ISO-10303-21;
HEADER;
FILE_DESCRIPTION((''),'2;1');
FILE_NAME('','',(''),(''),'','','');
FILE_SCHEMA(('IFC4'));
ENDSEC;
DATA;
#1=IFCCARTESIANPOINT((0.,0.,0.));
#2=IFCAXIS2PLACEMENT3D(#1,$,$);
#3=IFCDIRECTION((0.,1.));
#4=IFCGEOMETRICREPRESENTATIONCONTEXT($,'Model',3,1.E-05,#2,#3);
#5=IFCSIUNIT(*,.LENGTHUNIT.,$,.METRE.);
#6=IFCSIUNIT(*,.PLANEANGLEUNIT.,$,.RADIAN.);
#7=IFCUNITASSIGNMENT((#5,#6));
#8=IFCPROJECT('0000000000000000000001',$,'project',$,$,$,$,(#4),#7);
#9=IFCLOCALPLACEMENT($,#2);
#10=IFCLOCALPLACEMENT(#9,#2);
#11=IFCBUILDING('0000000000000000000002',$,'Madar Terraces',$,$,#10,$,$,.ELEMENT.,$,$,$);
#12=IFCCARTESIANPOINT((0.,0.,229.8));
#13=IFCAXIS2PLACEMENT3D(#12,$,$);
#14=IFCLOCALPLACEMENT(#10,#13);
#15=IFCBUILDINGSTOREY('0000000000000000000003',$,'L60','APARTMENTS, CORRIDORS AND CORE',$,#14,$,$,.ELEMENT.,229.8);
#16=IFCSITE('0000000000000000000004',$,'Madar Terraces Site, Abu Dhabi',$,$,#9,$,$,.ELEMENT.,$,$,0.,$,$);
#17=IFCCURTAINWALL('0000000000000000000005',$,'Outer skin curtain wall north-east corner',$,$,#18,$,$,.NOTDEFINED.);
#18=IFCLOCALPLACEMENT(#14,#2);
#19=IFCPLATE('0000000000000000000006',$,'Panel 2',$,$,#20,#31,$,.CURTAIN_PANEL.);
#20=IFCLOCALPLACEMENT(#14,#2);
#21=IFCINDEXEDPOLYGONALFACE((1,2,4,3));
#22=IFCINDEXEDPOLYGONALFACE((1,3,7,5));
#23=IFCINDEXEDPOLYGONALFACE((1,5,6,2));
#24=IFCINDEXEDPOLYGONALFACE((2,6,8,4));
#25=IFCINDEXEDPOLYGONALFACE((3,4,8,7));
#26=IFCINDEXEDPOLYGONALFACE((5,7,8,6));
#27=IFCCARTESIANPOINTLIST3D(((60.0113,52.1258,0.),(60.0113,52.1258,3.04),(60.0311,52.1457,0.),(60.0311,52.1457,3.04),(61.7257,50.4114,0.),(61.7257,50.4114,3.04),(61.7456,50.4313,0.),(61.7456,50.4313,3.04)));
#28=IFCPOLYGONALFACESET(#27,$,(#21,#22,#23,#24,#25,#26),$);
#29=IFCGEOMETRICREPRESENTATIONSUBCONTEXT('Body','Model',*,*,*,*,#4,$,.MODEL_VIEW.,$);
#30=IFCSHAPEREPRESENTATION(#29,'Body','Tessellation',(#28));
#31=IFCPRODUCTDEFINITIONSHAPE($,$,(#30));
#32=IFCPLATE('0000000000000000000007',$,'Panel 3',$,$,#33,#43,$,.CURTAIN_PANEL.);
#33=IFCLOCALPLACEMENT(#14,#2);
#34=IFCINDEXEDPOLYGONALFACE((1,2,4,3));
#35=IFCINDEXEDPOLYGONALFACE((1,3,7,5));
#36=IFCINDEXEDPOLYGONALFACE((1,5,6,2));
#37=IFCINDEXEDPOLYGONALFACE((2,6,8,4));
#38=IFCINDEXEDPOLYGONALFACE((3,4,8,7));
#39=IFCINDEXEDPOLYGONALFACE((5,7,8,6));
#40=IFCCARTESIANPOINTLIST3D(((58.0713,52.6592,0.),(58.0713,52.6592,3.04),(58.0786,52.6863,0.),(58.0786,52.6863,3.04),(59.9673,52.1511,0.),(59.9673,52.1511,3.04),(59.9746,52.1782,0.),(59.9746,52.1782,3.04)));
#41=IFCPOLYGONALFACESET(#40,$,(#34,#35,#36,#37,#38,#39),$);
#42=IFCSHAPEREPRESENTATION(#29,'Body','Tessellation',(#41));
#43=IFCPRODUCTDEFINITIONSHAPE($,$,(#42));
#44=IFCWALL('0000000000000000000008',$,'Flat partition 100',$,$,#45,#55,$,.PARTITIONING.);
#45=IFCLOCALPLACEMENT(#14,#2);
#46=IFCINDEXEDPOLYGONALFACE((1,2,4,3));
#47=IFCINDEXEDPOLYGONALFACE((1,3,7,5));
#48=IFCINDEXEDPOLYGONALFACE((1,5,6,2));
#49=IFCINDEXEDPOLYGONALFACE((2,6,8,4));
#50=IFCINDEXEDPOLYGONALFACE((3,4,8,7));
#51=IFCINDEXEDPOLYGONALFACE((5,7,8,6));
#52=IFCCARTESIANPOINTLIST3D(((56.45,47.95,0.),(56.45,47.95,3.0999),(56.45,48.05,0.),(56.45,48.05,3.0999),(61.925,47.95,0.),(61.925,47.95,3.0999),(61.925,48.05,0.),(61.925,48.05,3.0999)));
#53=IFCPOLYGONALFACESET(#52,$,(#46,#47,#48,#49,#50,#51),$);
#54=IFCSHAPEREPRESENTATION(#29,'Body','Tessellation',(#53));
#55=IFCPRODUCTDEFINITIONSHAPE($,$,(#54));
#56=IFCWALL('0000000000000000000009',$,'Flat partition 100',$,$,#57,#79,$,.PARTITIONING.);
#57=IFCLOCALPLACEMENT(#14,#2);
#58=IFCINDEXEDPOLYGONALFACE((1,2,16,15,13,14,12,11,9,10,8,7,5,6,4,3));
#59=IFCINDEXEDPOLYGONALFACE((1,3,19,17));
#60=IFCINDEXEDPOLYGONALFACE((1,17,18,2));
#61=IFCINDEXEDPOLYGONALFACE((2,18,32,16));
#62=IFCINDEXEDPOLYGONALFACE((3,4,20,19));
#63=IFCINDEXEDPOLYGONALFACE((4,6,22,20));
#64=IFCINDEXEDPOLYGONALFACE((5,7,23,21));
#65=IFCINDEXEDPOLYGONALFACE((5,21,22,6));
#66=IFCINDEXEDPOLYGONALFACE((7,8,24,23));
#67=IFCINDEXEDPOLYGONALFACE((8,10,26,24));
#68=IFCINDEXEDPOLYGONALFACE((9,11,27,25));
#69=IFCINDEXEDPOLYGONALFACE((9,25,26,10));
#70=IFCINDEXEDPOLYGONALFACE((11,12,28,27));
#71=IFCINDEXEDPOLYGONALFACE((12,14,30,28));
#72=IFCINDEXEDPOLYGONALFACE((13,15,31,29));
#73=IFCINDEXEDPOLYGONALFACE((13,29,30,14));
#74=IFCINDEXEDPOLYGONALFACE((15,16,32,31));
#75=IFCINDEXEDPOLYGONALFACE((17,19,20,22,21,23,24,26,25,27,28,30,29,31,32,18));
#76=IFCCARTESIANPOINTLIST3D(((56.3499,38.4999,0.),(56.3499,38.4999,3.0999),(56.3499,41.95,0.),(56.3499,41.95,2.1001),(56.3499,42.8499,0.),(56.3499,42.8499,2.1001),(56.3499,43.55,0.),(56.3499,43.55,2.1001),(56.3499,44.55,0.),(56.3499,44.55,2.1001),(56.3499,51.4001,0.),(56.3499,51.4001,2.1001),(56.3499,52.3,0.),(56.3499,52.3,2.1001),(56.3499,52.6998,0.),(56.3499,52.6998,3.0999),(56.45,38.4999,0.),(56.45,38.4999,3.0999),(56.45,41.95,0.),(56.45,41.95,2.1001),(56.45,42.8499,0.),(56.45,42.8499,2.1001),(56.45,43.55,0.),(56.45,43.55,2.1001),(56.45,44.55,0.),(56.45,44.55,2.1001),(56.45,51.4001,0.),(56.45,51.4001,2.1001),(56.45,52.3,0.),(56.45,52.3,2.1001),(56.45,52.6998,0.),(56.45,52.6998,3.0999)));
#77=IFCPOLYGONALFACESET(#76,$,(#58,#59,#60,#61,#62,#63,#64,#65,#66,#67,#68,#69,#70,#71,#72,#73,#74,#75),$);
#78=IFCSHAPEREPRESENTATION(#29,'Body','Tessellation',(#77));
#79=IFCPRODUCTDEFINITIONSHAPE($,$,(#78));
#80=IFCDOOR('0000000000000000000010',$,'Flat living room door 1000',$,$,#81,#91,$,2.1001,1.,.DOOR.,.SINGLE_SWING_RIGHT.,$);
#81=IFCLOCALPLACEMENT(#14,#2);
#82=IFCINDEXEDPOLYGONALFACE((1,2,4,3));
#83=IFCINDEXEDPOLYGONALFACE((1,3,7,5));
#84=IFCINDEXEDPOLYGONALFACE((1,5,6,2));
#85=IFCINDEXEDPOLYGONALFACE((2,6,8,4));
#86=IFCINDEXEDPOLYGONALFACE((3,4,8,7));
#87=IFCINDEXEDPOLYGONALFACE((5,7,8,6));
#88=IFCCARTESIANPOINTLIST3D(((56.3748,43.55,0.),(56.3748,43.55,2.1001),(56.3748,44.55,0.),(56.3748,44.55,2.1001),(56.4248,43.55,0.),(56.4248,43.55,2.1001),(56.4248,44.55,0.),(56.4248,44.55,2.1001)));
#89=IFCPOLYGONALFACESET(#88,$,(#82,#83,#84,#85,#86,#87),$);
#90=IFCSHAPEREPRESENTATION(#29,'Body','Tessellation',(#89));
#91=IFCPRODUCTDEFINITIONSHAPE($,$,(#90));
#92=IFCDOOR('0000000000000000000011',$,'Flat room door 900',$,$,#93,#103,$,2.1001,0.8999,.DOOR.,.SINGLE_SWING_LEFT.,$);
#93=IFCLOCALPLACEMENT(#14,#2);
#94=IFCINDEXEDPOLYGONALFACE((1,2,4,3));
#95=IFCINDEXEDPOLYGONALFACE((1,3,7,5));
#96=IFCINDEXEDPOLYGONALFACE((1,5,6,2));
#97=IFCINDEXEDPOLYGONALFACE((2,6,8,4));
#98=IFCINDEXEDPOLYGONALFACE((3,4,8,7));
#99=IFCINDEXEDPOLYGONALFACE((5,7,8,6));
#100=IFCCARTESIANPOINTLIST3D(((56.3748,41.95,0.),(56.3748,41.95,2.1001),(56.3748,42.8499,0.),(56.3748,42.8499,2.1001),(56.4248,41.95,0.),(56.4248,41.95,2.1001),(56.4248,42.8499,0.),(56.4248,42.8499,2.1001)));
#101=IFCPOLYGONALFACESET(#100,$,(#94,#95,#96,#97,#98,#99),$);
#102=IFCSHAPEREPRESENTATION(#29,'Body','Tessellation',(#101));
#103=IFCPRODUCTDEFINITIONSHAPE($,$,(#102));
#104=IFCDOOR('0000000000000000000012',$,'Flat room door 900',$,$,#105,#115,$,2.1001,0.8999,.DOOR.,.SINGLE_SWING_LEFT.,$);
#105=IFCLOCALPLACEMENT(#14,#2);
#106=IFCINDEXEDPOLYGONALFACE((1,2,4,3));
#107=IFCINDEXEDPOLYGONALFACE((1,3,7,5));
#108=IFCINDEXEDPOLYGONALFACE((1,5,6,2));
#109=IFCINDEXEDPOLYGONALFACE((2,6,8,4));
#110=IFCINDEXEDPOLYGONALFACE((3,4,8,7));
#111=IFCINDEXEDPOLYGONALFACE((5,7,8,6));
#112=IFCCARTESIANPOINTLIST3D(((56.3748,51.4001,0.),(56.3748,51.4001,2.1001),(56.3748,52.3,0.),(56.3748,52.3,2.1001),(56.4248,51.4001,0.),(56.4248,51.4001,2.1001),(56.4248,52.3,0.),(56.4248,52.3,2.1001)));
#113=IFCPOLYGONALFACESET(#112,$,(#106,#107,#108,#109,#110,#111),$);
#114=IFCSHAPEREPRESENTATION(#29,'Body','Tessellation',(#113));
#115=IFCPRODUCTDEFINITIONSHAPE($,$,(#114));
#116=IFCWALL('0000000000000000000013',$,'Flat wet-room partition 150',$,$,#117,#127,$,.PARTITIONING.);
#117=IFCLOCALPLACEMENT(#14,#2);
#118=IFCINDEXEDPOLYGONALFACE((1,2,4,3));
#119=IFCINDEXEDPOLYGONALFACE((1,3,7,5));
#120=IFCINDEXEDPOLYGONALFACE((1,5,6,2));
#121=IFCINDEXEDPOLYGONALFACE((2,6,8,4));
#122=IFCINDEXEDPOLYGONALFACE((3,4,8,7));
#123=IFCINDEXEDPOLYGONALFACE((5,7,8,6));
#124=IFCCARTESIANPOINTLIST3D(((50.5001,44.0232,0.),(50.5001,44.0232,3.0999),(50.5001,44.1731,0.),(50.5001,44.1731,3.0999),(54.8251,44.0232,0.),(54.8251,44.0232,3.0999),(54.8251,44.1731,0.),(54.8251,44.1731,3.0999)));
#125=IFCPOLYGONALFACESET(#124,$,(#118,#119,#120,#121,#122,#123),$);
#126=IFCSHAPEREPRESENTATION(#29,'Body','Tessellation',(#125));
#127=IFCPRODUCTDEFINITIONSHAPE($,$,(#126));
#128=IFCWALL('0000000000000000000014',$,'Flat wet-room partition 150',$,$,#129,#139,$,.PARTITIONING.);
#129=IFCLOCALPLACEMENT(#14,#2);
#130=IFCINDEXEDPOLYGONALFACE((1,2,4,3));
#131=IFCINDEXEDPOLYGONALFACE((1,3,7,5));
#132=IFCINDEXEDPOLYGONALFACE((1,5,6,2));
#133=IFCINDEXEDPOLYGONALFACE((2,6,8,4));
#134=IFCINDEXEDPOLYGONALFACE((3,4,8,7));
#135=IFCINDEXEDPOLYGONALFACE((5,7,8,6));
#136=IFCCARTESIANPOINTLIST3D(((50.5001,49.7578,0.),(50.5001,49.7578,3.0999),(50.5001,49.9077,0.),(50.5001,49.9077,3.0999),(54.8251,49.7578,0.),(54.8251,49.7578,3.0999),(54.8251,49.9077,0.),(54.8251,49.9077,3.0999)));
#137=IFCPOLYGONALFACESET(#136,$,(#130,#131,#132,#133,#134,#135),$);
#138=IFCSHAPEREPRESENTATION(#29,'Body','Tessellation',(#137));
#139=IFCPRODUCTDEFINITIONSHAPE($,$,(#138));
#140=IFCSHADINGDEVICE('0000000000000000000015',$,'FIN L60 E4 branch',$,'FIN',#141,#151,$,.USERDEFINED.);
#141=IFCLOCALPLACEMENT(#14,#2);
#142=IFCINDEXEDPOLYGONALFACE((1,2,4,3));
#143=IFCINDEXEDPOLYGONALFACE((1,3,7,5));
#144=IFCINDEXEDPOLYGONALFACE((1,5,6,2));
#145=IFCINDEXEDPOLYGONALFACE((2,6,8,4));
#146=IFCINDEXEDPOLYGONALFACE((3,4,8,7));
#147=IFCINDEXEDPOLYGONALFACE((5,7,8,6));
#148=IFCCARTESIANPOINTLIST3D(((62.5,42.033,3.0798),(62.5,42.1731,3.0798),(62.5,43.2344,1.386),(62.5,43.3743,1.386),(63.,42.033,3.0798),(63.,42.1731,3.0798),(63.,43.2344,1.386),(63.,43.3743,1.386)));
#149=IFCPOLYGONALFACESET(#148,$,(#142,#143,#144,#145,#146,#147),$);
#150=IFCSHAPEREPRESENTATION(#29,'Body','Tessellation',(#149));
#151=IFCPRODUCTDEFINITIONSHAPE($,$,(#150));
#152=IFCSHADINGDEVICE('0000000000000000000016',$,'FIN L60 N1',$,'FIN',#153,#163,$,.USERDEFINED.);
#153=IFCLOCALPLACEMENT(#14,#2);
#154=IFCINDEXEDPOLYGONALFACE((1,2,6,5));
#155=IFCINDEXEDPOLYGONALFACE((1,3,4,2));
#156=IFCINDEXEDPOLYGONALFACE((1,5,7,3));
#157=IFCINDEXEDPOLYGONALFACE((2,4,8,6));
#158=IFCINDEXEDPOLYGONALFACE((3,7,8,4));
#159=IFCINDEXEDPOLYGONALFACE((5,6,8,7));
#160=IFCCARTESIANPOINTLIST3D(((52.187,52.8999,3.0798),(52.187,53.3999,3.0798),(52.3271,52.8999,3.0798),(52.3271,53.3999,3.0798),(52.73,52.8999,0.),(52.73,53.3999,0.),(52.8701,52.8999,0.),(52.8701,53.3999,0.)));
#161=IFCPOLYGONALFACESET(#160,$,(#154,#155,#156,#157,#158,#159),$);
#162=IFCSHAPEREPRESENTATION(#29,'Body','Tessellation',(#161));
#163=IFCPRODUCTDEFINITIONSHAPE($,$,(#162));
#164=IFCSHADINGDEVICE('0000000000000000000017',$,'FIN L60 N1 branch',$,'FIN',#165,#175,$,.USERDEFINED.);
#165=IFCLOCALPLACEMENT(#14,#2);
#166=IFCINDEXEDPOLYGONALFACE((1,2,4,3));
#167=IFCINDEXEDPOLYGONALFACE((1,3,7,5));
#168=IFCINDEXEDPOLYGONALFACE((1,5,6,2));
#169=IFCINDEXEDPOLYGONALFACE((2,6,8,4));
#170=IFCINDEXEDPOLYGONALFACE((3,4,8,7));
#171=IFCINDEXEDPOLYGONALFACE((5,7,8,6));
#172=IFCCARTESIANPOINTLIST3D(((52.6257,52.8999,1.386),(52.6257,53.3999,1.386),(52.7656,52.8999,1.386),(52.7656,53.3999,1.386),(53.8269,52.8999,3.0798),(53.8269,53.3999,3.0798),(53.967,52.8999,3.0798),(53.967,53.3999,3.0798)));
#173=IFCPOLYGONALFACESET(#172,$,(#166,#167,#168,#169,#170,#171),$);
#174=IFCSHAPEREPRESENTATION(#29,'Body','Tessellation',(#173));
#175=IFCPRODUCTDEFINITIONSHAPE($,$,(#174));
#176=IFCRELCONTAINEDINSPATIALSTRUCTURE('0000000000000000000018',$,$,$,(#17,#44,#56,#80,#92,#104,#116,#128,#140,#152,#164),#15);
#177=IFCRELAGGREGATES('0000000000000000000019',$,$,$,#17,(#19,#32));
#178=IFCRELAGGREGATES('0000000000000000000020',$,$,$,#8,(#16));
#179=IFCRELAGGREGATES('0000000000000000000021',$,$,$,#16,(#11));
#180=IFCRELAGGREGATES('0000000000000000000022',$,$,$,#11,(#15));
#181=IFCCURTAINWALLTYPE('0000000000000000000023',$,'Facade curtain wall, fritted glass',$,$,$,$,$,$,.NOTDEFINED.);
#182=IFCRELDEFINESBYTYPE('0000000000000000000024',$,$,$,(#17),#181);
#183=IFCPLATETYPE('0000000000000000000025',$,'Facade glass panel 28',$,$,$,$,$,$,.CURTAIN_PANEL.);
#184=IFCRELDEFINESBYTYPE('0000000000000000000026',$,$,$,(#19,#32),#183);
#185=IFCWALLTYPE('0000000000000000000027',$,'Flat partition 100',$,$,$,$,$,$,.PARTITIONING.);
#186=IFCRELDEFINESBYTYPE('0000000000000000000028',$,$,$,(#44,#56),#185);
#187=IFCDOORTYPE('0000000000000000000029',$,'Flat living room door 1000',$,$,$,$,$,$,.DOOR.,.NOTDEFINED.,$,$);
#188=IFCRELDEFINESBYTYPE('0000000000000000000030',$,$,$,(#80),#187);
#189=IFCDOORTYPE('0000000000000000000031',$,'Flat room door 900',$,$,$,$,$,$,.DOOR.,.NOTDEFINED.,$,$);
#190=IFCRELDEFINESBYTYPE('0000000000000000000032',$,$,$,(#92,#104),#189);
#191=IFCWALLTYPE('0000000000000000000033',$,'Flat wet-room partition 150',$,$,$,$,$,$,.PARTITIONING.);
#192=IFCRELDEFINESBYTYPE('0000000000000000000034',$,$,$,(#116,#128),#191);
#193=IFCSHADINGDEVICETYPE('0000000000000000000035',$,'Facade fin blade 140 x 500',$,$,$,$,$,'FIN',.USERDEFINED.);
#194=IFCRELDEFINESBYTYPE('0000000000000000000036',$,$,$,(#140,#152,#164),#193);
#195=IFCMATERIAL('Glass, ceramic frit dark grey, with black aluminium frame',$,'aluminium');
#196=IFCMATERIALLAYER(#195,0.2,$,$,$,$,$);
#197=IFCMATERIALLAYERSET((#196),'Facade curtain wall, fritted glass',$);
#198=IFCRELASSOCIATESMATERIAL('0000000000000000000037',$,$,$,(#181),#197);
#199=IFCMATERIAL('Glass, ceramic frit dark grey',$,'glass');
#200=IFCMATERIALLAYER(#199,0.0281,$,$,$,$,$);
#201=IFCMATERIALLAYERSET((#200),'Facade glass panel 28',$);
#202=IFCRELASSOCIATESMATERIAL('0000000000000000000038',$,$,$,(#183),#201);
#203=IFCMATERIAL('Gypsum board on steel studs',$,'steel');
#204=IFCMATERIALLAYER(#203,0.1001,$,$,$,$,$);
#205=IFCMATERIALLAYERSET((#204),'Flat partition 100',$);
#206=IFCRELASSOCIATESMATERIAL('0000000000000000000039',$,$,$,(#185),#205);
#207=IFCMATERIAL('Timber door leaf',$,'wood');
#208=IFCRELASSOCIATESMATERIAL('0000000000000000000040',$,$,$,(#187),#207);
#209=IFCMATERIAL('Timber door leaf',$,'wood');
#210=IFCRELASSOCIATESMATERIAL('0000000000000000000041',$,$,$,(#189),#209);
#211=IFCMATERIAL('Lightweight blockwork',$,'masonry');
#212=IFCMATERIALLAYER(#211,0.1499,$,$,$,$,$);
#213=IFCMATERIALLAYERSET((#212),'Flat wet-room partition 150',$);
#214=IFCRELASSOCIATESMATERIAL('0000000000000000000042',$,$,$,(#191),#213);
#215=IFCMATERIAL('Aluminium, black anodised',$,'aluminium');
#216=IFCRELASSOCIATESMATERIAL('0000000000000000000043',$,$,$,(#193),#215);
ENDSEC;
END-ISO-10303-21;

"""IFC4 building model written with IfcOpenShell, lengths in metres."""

from ifc_helpers import new_model, si_unit, direction, frame, frame_2d, origin, origin_2d, place, context, subcontext, project, spatial, polyline, rectangle, outline, extrude, material, layer, layer_set, type_object, element, fill, aggregate, save


model = new_model("IFC4")

# Units and contexts
model_context = context("Model", 3, precision=1e-05, world=origin(), true_north=direction((0.0, 1.0)))
body_context = subcontext(model_context, "Body", "Model", "MODEL_VIEW")
ifc_project = project(units=[si_unit("LENGTHUNIT", "METRE"), si_unit("PLANEANGLEUNIT", "RADIAN")], contexts=[model_context])

# Site, building, storey
site_placement = place(None, origin())
site = spatial("IfcSite", under=ifc_project, at=site_placement, Name="Madar Terraces Site, Abu Dhabi", CompositionType="ELEMENT", RefElevation=0.0)
building_placement = place(site_placement, origin())
building = spatial("IfcBuilding", under=site, at=building_placement, Name="Madar Terraces", CompositionType="ELEMENT")
storey_placement = place(building_placement, frame((0.0, 0.0, 229.8)))
storey = spatial("IfcBuildingStorey", under=building, at=storey_placement, Name="L60", Description="APARTMENTS, CORRIDORS AND CORE", CompositionType="ELEMENT", Elevation=229.8)

# Shared definitions
ifc_material_1 = material(Name="Glass, ceramic frit dark grey, with black aluminium frame", Category="aluminium")
ifc_layer_1 = layer(ifc_material_1, 0.2)
ifc_layer_set_1 = layer_set([ifc_layer_1], Name="Facade curtain wall, fritted glass")
curtain_wall_type = type_object("IfcCurtainWallType", Name="Facade curtain wall, fritted glass", PredefinedType="NOTDEFINED", material=ifc_layer_set_1)

# Curtain wall
curtain_wall_1_placement = place(storey_placement, origin())
curtain_wall_1 = element("IfcCurtainWall", 1, at=curtain_wall_1_placement, inside=storey, type_object=curtain_wall_type, Name="Outer skin curtain wall north-east corner", PredefinedType="NOTDEFINED")

# Plates
ifc_material_2 = material(Name="Glass, ceramic frit dark grey", Category="glass")
ifc_layer_2 = layer(ifc_material_2, 0.0281)
ifc_layer_set_2 = layer_set([ifc_layer_2], Name="Facade glass panel 28")
plate_type = type_object("IfcPlateType", Name="Facade glass panel 28", PredefinedType="CURTAIN_PANEL", material=ifc_layer_set_2)
plate_1_placement = place(storey_placement, frame((60.8784, 51.2786, 0.0), z_axis=(0.0, 0.0, 1.0), x_axis=(-0.707107, 0.707107, 0.0)))
plate_1 = element("IfcPlate", 2, at=plate_1_placement, type_object=plate_type, Name="Panel 2", PredefinedType="CURTAIN_PANEL", context=body_context, shape_type="SweptSolid", body=[
    extrude(rectangle(XDim=2.4246, YDim=0.0281, at=origin_2d()), origin(), (0.0, 0.0, 1.0), 3.04),
])
plate_2_placement = place(storey_placement, frame((59.0229, 52.4187, 0.0), z_axis=(0.0, 0.0, 1.0), x_axis=(-0.965926, 0.258819, 0.0)))
plate_2 = element("IfcPlate", 3, at=plate_2_placement, type_object=plate_type, Name="Panel 3", PredefinedType="CURTAIN_PANEL", context=body_context, shape_type="SweptSolid", body=[
    extrude(rectangle(XDim=1.9629, YDim=0.0281, at=origin_2d()), origin(), (0.0, 0.0, 1.0), 3.04),
])
aggregate(curtain_wall_1, [plate_1, plate_2])

# Wall
ifc_material_3 = material(Name="Gypsum board on steel studs", Category="steel")
ifc_layer_3 = layer(ifc_material_3, 0.1001)
ifc_layer_set_3 = layer_set([ifc_layer_3], Name="Flat partition 100")
wall_type_1 = type_object("IfcWallType", Name="Flat partition 100", PredefinedType="PARTITIONING", material=ifc_layer_set_3)
wall_1_placement = place(storey_placement, frame((56.45, 48.0, 0.0), z_axis=(0.0, 0.0, 1.0), x_axis=(1.0, 0.0, 0.0)))
element("IfcWall", 4, at=wall_1_placement, inside=storey, type_object=wall_type_1, Name="Flat partition 100", PredefinedType="PARTITIONING", context=body_context, shape_type="SweptSolid", body=[
    extrude(rectangle(XDim=5.4751, YDim=0.1001, at=frame_2d((2.7375, 0.0))), origin(), (0.0, 0.0, 1.0), 3.0999),
])

# Wall, openings, doors
wall_2_placement = place(storey_placement, frame((56.3999, 52.7, 0.0), z_axis=(0.0, 0.0, 1.0), x_axis=(0.0, -1.0, 0.0)))
wall_2 = element("IfcWall", 5, at=wall_2_placement, inside=storey, type_object=wall_type_1, Name="Flat partition 100", PredefinedType="PARTITIONING", context=body_context, shape_type="SweptSolid", body=[
    extrude(rectangle(XDim=14.2, YDim=0.1001, at=frame_2d((7.1001, 0.0))), origin(), (0.0, 0.0, 1.0), 3.0999),
])
opening_1_placement = place(wall_2_placement, frame((9.8501, 0.0, 0.0)))
opening_1 = element("IfcOpeningElement", 6, at=opening_1_placement, cuts=wall_2, PredefinedType="OPENING", context=body_context, shape_type="SweptSolid", body=[
    extrude(rectangle(XDim=0.8999, YDim=2.1001, at=frame_2d((0.45, 1.05))), frame((0.0, 0.0601, 0.0), z_axis=(0.0, -1.0, 0.0), x_axis=(1.0, 0.0, 0.0)), (0.0, 0.0, 1.0), 0.1201),
])
opening_2_placement = place(wall_2_placement, frame((8.1499, 0.0, 0.0)))
opening_2 = element("IfcOpeningElement", 7, at=opening_2_placement, cuts=wall_2, PredefinedType="OPENING", context=body_context, shape_type="SweptSolid", body=[
    extrude(rectangle(XDim=1.0, YDim=2.1001, at=frame_2d((0.5, 1.05))), frame((0.0, 0.0601, 0.0), z_axis=(0.0, -1.0, 0.0), x_axis=(1.0, 0.0, 0.0)), (0.0, 0.0, 1.0), 0.1201),
])
opening_3_placement = place(wall_2_placement, frame((0.3999, 0.0, 0.0)))
opening_3 = element("IfcOpeningElement", 8, at=opening_3_placement, cuts=wall_2, PredefinedType="OPENING", context=body_context, shape_type="SweptSolid", body=[
    extrude(rectangle(XDim=0.8999, YDim=2.1001, at=frame_2d((0.45, 1.05))), frame((0.0, 0.0601, 0.0), z_axis=(0.0, -1.0, 0.0), x_axis=(1.0, 0.0, 0.0)), (0.0, 0.0, 1.0), 0.1201),
])
ifc_material_4 = material(Name="Timber door leaf", Category="wood")
door_type_1 = type_object("IfcDoorType", Name="Flat living room door 1000", OperationType="NOTDEFINED", PredefinedType="DOOR", material=ifc_material_4)
door_1_placement = place(opening_2_placement, origin())
door_1 = element("IfcDoor", 9, at=door_1_placement, inside=storey, type_object=door_type_1, Name="Flat living room door 1000", OperationType="SINGLE_SWING_RIGHT", OverallHeight=2.1001, OverallWidth=1.0, PredefinedType="DOOR", context=body_context, shape_type="SweptSolid", body=[
    extrude(rectangle(XDim=1.0, YDim=2.1001, at=frame_2d((0.5, 1.05))), frame((0.0, 0.0249, 0.0), z_axis=(0.0, -1.0, 0.0), x_axis=(1.0, 0.0, 0.0)), (0.0, 0.0, 1.0), 0.05),
])
fill(opening_2, door_1)
ifc_material_5 = material(Name="Timber door leaf", Category="wood")
door_type_2 = type_object("IfcDoorType", Name="Flat room door 900", OperationType="NOTDEFINED", PredefinedType="DOOR", material=ifc_material_5)
door_2_placement = place(opening_1_placement, origin())
door_2 = element("IfcDoor", 10, at=door_2_placement, inside=storey, type_object=door_type_2, Name="Flat room door 900", OperationType="SINGLE_SWING_LEFT", OverallHeight=2.1001, OverallWidth=0.8999, PredefinedType="DOOR", context=body_context, shape_type="SweptSolid", body=[
    extrude(rectangle(XDim=0.8999, YDim=2.1001, at=frame_2d((0.45, 1.05))), frame((0.0, 0.0249, 0.0), z_axis=(0.0, -1.0, 0.0), x_axis=(1.0, 0.0, 0.0)), (0.0, 0.0, 1.0), 0.05),
])
fill(opening_1, door_2)
door_3_placement = place(opening_3_placement, origin())
door_3 = element("IfcDoor", 11, at=door_3_placement, inside=storey, type_object=door_type_2, Name="Flat room door 900", OperationType="SINGLE_SWING_LEFT", OverallHeight=2.1001, OverallWidth=0.8999, PredefinedType="DOOR", context=body_context, shape_type="SweptSolid", body=[
    extrude(rectangle(XDim=0.8999, YDim=2.1001, at=frame_2d((0.45, 1.05))), frame((0.0, 0.0249, 0.0), z_axis=(0.0, -1.0, 0.0), x_axis=(1.0, 0.0, 0.0)), (0.0, 0.0, 1.0), 0.05),
])
fill(opening_3, door_3)

# Walls
ifc_material_6 = material(Name="Lightweight blockwork", Category="masonry")
ifc_layer_4 = layer(ifc_material_6, 0.1499)
ifc_layer_set_4 = layer_set([ifc_layer_4], Name="Flat wet-room partition 150")
wall_type_2 = type_object("IfcWallType", Name="Flat wet-room partition 150", PredefinedType="PARTITIONING", material=ifc_layer_set_4)
for number, where, z_axis, x_axis, name in (
    (12, (50.5, 44.0981, 0.0), (0.0, 0.0, 1.0), (1.0, 0.0, 0.0), "Flat wet-room partition 150"),
    (13, (50.5, 49.8328, 0.0), (0.0, 0.0, 1.0), (1.0, 0.0, 0.0), "Flat wet-room partition 150"),
):
    element("IfcWall", number, at=place(storey_placement, frame(where, z_axis=z_axis, x_axis=x_axis)), inside=storey, type_object=wall_type_2, Name=name, PredefinedType="PARTITIONING", context=body_context, shape_type="SweptSolid", body=[
        extrude(rectangle(XDim=4.325, YDim=0.1499, at=frame_2d((2.1626, 0.0))), origin(), (0.0, 0.0, 1.0), 3.0999),
    ])

# Shading devices
ifc_material_7 = material(Name="Aluminium, black anodised", Category="aluminium")
shading_device_type = type_object("IfcShadingDeviceType", Name="Facade fin blade 140 x 500", ElementType="FIN", PredefinedType="USERDEFINED", material=ifc_material_7)
shading_device_1_placement = place(storey_placement, frame((62.75, 43.2344, 1.386), z_axis=(0.0, 0.0, 1.0), x_axis=(0.0, 1.0, 0.0)))
element("IfcShadingDevice", 14, at=shading_device_1_placement, inside=storey, type_object=shading_device_type, Name="FIN L60 E4 branch", ObjectType="FIN", PredefinedType="USERDEFINED", context=body_context, shape_type="SweptSolid", body=[
    extrude(outline(polyline([(0.0, 0.0), (0.1399, 0.0), (-1.0613, 1.6938), (-1.2014, 1.6938), (0.0, 0.0)])), frame((0.0, 0.25, 0.0), z_axis=(0.0, -1.0, 0.0), x_axis=(1.0, 0.0, 0.0)), (0.0, 0.0, 1.0), 0.5),
])
shading_device_2_placement = place(storey_placement, frame((52.8701, 53.1499, 0.0), z_axis=(0.0, 0.0, 1.0), x_axis=(-1.0, 0.0, 0.0)))
element("IfcShadingDevice", 15, at=shading_device_2_placement, inside=storey, type_object=shading_device_type, Name="FIN L60 N1", ObjectType="FIN", PredefinedType="USERDEFINED", context=body_context, shape_type="SweptSolid", body=[
    extrude(outline(polyline([(0.0, 0.0), (0.1401, 0.0), (0.6831, 3.0798), (0.543, 3.0798), (0.0, 0.0)])), frame((0.0, 0.25, 0.0), z_axis=(0.0, -1.0, 0.0), x_axis=(1.0, 0.0, 0.0)), (0.0, 0.0, 1.0), 0.5),
])
shading_device_3_placement = place(storey_placement, frame((52.7656, 53.1499, 1.386), z_axis=(0.0, 0.0, 1.0), x_axis=(-1.0, 0.0, 0.0)))
element("IfcShadingDevice", 16, at=shading_device_3_placement, inside=storey, type_object=shading_device_type, Name="FIN L60 N1 branch", ObjectType="FIN", PredefinedType="USERDEFINED", context=body_context, shape_type="SweptSolid", body=[
    extrude(outline(polyline([(0.0, 0.0), (0.1399, 0.0), (-1.0613, 1.6938), (-1.2014, 1.6938), (0.0, 0.0)])), frame((0.0, 0.25, 0.0), z_axis=(0.0, -1.0, 0.0), x_axis=(1.0, 0.0, 0.0)), (0.0, 0.0, 1.0), 0.5),
])

save(model, "model.ifc")
